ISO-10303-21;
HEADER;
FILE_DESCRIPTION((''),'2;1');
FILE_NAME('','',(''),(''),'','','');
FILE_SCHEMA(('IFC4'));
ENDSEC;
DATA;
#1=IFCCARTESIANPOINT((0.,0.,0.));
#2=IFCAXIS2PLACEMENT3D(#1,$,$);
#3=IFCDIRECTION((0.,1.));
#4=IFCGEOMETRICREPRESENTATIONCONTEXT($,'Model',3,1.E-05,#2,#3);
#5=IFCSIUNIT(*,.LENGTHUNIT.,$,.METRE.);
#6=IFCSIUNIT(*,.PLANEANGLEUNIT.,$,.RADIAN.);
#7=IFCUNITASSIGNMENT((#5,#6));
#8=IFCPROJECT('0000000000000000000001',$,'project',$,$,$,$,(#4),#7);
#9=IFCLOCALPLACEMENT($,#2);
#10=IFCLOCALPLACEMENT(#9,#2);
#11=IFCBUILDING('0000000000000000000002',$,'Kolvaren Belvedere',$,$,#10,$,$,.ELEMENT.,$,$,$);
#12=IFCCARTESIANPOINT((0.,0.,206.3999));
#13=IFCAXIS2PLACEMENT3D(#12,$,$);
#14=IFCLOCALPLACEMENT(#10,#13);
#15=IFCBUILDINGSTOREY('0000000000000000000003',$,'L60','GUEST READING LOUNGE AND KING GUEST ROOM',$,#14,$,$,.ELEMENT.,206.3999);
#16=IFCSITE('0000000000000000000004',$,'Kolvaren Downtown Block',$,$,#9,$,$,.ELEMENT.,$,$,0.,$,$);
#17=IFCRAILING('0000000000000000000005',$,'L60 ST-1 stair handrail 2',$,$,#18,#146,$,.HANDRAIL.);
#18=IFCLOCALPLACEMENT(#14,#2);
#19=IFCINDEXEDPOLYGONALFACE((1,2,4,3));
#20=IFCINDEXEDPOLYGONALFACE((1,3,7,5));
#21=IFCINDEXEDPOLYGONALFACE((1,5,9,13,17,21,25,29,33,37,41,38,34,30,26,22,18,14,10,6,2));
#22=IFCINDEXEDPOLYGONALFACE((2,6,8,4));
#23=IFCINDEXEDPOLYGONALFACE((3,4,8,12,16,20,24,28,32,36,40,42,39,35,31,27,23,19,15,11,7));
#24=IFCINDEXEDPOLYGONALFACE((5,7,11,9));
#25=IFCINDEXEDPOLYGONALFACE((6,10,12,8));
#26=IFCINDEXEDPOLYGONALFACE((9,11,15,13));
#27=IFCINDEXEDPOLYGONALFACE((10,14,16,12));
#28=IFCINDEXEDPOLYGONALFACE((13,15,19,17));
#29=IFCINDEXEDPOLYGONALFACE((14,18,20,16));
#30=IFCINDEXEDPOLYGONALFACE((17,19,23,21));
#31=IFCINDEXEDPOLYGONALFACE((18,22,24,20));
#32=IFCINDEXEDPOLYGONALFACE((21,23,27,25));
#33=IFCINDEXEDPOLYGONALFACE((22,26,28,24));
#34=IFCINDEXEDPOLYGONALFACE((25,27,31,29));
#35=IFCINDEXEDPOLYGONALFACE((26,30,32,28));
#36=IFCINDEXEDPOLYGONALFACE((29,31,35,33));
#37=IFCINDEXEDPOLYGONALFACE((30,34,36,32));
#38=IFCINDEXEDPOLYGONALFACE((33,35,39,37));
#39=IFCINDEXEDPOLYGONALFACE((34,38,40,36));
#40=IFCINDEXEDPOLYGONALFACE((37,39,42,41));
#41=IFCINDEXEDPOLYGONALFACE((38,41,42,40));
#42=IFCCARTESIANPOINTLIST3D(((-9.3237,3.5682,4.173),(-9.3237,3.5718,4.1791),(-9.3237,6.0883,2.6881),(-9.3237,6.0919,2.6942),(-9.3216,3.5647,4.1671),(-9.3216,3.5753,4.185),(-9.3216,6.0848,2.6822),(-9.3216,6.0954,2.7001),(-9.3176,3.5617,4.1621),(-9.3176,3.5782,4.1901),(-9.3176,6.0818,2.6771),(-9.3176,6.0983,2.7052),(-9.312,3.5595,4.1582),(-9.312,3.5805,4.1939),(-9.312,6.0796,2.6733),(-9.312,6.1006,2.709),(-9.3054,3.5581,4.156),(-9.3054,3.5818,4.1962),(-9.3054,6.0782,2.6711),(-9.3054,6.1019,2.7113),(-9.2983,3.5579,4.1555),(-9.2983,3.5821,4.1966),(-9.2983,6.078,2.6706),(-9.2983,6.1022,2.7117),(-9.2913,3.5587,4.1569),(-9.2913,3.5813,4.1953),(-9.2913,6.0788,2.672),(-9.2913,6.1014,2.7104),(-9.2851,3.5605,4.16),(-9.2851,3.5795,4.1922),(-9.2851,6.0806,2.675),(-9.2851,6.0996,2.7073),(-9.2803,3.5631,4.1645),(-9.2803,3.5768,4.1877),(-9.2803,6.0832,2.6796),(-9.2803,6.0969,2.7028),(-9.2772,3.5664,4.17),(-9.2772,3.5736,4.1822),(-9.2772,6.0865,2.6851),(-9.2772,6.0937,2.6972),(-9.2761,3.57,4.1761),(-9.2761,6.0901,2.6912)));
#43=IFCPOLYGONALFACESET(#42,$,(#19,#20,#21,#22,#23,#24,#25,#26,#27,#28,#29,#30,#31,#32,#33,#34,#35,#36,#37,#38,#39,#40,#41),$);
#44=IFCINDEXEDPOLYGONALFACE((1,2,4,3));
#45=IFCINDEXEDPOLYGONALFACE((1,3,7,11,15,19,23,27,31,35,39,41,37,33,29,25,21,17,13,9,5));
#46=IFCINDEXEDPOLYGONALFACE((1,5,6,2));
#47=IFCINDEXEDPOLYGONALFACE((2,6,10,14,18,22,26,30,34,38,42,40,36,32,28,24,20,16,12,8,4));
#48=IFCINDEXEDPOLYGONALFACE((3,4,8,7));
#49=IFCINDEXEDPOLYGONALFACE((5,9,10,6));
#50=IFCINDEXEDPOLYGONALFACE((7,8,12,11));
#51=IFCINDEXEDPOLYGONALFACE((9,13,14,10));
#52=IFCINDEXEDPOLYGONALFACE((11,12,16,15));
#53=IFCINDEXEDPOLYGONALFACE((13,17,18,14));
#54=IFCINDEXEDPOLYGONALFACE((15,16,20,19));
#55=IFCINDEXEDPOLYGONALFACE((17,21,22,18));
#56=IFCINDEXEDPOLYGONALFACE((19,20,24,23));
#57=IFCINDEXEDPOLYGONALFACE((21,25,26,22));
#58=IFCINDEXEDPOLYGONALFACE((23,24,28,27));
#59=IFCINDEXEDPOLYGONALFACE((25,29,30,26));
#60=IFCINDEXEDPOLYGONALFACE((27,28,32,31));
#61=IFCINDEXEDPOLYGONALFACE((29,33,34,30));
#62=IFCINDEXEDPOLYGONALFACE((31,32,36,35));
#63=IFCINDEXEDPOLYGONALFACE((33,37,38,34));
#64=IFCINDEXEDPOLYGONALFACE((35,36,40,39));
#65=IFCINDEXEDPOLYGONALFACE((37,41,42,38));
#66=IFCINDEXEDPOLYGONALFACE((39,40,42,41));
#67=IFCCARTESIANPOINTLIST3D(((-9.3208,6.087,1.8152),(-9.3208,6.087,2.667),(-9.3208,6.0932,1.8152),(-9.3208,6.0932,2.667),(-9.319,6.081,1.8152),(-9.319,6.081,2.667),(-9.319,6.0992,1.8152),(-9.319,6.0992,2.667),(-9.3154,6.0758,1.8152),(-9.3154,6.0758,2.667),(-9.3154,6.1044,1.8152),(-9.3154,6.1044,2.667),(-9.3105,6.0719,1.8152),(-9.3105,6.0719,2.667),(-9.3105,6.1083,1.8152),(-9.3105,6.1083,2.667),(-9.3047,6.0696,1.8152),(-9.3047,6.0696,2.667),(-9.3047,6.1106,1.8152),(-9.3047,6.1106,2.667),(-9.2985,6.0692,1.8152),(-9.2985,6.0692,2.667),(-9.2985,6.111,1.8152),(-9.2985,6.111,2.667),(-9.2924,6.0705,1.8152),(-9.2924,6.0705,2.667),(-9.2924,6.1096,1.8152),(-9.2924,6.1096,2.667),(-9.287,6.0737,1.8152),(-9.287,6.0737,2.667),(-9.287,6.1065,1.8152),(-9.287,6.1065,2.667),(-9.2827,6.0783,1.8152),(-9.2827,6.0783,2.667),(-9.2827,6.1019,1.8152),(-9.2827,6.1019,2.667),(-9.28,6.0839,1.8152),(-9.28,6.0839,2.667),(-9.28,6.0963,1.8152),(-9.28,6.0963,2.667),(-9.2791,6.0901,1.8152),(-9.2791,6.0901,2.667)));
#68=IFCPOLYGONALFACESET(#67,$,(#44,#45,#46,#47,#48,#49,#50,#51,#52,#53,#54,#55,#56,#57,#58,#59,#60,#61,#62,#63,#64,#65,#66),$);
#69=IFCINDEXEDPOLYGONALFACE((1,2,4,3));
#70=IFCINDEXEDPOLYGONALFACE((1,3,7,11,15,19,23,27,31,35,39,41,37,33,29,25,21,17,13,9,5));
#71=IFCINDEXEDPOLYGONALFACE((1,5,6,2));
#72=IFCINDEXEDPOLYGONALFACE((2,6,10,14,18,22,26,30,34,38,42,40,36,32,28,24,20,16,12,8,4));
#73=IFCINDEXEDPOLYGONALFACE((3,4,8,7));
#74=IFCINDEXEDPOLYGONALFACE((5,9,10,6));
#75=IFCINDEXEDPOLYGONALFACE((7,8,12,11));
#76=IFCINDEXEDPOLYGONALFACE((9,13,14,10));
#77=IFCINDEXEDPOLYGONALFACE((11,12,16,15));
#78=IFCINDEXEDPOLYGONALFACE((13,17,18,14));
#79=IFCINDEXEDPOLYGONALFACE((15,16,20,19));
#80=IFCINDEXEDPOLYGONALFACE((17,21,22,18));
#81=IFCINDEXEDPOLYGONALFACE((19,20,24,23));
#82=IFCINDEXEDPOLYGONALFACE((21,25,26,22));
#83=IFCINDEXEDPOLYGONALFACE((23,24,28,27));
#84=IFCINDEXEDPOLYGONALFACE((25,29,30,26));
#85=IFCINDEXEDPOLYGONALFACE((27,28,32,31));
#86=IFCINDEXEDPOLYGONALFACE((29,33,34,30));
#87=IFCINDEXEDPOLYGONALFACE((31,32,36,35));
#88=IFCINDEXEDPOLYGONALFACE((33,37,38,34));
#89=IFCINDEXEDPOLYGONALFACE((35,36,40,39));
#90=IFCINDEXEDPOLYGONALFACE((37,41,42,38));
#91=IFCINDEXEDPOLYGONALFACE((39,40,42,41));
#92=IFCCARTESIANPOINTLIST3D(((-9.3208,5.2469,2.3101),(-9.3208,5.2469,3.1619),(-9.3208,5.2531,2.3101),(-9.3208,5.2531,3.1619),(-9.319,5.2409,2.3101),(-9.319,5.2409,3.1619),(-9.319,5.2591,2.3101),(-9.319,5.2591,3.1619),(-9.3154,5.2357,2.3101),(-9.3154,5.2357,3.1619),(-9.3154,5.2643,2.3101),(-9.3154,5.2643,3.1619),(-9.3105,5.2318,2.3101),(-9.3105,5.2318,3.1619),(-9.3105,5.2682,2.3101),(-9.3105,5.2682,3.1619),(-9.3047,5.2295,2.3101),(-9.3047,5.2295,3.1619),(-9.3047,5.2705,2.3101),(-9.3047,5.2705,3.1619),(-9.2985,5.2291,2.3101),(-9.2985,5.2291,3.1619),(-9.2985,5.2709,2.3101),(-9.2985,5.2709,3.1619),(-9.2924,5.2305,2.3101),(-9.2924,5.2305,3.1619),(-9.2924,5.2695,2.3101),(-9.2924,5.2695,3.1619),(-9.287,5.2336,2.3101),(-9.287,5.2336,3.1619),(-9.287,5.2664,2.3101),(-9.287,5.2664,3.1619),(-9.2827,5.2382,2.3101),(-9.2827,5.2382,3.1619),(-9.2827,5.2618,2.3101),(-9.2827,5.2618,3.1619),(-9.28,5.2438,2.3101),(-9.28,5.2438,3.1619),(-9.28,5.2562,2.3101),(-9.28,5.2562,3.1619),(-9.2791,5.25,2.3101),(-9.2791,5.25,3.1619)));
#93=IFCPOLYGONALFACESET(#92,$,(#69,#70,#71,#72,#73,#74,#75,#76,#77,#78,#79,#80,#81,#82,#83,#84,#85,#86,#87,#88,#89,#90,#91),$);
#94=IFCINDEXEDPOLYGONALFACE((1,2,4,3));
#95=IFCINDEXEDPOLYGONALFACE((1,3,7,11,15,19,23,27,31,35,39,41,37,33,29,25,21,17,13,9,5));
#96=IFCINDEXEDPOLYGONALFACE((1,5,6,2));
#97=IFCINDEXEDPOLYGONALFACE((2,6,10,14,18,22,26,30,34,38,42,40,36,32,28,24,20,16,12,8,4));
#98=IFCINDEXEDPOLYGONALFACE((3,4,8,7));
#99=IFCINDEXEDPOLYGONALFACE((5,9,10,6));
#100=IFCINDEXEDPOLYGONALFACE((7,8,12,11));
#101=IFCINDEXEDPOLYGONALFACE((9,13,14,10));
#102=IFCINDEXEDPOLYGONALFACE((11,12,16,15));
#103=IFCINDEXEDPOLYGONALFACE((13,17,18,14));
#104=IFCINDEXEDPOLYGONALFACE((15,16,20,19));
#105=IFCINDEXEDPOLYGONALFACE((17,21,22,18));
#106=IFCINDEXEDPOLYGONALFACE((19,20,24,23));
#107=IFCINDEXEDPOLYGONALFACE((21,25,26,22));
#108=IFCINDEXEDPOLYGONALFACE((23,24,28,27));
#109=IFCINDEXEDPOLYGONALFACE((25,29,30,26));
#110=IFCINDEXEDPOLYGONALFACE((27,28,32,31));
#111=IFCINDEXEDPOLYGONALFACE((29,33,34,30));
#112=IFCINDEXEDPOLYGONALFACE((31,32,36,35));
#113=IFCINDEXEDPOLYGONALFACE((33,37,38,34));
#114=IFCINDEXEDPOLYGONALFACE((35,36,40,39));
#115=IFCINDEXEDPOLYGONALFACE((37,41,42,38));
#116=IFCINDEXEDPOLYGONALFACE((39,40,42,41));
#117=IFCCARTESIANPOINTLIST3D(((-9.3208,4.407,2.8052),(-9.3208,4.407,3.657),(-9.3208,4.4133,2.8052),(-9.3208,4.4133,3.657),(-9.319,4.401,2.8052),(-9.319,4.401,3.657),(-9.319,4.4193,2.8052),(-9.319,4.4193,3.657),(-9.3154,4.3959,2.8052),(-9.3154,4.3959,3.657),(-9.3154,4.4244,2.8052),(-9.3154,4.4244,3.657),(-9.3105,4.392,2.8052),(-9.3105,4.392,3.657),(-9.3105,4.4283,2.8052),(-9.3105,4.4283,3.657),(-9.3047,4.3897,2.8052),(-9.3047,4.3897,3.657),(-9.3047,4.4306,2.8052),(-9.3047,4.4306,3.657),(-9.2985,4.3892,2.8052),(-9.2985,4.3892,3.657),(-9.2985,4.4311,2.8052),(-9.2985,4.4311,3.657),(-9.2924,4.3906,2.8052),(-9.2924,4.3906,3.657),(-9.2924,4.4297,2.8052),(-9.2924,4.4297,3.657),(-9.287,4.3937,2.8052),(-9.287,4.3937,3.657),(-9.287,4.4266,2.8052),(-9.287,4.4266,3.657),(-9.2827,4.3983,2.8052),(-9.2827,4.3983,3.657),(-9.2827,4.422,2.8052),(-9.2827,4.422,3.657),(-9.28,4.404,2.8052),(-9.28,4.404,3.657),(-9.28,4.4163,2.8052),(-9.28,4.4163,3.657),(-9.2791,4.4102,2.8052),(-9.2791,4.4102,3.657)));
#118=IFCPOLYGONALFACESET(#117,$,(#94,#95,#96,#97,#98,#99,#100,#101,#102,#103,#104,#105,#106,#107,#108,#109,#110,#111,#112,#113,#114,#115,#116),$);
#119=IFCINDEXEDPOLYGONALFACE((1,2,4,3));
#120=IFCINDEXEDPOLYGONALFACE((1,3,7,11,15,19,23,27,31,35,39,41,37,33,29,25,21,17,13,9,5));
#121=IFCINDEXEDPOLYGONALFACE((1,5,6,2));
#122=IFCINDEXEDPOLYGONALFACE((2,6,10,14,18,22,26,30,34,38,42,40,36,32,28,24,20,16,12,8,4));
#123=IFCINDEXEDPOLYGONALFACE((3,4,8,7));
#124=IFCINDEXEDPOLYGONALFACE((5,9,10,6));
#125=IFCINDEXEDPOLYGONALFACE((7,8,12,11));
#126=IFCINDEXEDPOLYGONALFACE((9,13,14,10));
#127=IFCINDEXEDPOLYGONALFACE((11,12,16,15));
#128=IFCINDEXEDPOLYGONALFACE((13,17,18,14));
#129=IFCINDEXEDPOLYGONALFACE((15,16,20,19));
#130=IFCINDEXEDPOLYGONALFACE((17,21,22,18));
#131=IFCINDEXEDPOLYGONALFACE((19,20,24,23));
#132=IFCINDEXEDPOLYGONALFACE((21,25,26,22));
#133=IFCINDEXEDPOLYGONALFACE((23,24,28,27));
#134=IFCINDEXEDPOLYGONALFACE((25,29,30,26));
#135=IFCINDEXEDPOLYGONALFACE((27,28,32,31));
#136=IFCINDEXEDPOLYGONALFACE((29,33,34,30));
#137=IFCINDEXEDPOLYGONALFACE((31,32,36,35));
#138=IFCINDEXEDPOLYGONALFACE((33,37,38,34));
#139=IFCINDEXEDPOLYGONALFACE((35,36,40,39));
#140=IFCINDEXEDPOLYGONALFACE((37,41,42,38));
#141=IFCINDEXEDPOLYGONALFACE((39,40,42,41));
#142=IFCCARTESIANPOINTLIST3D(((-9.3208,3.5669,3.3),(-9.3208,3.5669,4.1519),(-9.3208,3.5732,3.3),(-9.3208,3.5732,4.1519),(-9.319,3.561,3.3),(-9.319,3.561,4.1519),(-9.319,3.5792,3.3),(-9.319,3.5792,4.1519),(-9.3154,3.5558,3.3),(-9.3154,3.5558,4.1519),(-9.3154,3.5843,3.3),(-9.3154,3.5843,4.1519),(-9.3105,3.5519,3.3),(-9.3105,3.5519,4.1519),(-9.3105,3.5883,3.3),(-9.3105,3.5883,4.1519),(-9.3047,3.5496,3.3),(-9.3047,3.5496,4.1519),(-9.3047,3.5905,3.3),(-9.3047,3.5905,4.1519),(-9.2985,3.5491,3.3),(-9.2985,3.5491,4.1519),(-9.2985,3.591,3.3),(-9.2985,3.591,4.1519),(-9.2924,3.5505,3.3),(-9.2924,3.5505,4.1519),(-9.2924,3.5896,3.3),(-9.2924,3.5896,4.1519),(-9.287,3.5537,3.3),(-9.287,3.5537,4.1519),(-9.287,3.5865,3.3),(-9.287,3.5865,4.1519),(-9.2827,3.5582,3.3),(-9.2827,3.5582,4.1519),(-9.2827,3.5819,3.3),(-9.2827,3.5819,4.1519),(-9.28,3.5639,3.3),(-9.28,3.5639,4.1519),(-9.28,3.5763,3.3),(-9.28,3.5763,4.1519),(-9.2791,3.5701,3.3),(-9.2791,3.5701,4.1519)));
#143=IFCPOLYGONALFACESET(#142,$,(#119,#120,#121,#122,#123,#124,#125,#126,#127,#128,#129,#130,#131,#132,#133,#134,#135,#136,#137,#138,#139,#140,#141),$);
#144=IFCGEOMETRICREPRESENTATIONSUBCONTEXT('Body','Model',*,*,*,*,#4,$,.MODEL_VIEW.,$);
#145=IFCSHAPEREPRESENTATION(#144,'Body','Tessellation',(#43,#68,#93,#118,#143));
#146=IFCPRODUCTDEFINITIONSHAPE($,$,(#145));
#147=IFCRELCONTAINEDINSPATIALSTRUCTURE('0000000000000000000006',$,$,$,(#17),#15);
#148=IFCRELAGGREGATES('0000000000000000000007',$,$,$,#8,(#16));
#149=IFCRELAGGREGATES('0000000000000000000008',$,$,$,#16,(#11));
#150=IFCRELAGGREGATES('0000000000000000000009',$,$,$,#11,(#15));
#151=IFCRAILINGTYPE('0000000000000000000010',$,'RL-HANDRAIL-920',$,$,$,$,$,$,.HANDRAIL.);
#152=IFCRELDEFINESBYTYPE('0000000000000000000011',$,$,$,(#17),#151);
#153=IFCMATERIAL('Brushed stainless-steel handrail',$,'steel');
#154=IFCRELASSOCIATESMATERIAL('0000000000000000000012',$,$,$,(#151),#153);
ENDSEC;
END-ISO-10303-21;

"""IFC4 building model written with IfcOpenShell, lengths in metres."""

from ifc_helpers import new_model, si_unit, direction, frame, origin, origin_2d, place, context, subcontext, project, spatial, circle, extrude, material, type_object, element, save


model = new_model("IFC4")

# Units and contexts
model_context = context("Model", 3, precision=1e-05, world=origin(), true_north=direction((0.0, 1.0)))
body_context = subcontext(model_context, "Body", "Model", "MODEL_VIEW")
ifc_project = project(units=[si_unit("LENGTHUNIT", "METRE"), si_unit("PLANEANGLEUNIT", "RADIAN")], contexts=[model_context])

# Site, building, storey
site_placement = place(None, origin())
site = spatial("IfcSite", under=ifc_project, at=site_placement, Name="Kolvaren Downtown Block", CompositionType="ELEMENT", RefElevation=0.0)
building_placement = place(site_placement, origin())
building = spatial("IfcBuilding", under=site, at=building_placement, Name="Kolvaren Belvedere", CompositionType="ELEMENT")
storey_placement = place(building_placement, frame((0.0, 0.0, 206.3999)))
storey = spatial("IfcBuildingStorey", under=building, at=storey_placement, Name="L60", Description="GUEST READING LOUNGE AND KING GUEST ROOM", CompositionType="ELEMENT", Elevation=206.3999)

# Railing
ifc_material_1 = material(Name="Brushed stainless-steel handrail", Category="steel")
railing_type_1 = type_object("IfcRailingType", Name="RL-HANDRAIL-920", PredefinedType="HANDRAIL", material=ifc_material_1)
railing_1_placement = place(storey_placement, frame((-9.3, 6.0901, 1.8152)))
element("IfcRailing", 1, at=railing_1_placement, inside=storey, type_object=railing_type_1, Name="L60 ST-1 stair handrail 2", PredefinedType="HANDRAIL", context=body_context, shape_type="SweptSolid", body=[
    extrude(circle(Radius=0.0239, at=origin_2d()), frame((0.0, 0.0, 0.876), z_axis=(0.0, -0.861561, 0.507655), x_axis=(1.0, 0.0, 0.0)), (0.0, 0.0, 1.0), 2.925),
    extrude(circle(Radius=0.021, at=origin_2d()), origin(), (0.0, 0.0, 1.0), 0.8518),
    extrude(circle(Radius=0.021, at=origin_2d()), frame((0.0, -0.8401, 0.4949)), (0.0, 0.0, 1.0), 0.8518),
    extrude(circle(Radius=0.021, at=origin_2d()), frame((0.0, -1.6799, 0.99)), (0.0, 0.0, 1.0), 0.8518),
    extrude(circle(Radius=0.021, at=origin_2d()), frame((0.0, -2.52, 1.4849)), (0.0, 0.0, 1.0), 0.8518),
])

save(model, "model.ifc")
